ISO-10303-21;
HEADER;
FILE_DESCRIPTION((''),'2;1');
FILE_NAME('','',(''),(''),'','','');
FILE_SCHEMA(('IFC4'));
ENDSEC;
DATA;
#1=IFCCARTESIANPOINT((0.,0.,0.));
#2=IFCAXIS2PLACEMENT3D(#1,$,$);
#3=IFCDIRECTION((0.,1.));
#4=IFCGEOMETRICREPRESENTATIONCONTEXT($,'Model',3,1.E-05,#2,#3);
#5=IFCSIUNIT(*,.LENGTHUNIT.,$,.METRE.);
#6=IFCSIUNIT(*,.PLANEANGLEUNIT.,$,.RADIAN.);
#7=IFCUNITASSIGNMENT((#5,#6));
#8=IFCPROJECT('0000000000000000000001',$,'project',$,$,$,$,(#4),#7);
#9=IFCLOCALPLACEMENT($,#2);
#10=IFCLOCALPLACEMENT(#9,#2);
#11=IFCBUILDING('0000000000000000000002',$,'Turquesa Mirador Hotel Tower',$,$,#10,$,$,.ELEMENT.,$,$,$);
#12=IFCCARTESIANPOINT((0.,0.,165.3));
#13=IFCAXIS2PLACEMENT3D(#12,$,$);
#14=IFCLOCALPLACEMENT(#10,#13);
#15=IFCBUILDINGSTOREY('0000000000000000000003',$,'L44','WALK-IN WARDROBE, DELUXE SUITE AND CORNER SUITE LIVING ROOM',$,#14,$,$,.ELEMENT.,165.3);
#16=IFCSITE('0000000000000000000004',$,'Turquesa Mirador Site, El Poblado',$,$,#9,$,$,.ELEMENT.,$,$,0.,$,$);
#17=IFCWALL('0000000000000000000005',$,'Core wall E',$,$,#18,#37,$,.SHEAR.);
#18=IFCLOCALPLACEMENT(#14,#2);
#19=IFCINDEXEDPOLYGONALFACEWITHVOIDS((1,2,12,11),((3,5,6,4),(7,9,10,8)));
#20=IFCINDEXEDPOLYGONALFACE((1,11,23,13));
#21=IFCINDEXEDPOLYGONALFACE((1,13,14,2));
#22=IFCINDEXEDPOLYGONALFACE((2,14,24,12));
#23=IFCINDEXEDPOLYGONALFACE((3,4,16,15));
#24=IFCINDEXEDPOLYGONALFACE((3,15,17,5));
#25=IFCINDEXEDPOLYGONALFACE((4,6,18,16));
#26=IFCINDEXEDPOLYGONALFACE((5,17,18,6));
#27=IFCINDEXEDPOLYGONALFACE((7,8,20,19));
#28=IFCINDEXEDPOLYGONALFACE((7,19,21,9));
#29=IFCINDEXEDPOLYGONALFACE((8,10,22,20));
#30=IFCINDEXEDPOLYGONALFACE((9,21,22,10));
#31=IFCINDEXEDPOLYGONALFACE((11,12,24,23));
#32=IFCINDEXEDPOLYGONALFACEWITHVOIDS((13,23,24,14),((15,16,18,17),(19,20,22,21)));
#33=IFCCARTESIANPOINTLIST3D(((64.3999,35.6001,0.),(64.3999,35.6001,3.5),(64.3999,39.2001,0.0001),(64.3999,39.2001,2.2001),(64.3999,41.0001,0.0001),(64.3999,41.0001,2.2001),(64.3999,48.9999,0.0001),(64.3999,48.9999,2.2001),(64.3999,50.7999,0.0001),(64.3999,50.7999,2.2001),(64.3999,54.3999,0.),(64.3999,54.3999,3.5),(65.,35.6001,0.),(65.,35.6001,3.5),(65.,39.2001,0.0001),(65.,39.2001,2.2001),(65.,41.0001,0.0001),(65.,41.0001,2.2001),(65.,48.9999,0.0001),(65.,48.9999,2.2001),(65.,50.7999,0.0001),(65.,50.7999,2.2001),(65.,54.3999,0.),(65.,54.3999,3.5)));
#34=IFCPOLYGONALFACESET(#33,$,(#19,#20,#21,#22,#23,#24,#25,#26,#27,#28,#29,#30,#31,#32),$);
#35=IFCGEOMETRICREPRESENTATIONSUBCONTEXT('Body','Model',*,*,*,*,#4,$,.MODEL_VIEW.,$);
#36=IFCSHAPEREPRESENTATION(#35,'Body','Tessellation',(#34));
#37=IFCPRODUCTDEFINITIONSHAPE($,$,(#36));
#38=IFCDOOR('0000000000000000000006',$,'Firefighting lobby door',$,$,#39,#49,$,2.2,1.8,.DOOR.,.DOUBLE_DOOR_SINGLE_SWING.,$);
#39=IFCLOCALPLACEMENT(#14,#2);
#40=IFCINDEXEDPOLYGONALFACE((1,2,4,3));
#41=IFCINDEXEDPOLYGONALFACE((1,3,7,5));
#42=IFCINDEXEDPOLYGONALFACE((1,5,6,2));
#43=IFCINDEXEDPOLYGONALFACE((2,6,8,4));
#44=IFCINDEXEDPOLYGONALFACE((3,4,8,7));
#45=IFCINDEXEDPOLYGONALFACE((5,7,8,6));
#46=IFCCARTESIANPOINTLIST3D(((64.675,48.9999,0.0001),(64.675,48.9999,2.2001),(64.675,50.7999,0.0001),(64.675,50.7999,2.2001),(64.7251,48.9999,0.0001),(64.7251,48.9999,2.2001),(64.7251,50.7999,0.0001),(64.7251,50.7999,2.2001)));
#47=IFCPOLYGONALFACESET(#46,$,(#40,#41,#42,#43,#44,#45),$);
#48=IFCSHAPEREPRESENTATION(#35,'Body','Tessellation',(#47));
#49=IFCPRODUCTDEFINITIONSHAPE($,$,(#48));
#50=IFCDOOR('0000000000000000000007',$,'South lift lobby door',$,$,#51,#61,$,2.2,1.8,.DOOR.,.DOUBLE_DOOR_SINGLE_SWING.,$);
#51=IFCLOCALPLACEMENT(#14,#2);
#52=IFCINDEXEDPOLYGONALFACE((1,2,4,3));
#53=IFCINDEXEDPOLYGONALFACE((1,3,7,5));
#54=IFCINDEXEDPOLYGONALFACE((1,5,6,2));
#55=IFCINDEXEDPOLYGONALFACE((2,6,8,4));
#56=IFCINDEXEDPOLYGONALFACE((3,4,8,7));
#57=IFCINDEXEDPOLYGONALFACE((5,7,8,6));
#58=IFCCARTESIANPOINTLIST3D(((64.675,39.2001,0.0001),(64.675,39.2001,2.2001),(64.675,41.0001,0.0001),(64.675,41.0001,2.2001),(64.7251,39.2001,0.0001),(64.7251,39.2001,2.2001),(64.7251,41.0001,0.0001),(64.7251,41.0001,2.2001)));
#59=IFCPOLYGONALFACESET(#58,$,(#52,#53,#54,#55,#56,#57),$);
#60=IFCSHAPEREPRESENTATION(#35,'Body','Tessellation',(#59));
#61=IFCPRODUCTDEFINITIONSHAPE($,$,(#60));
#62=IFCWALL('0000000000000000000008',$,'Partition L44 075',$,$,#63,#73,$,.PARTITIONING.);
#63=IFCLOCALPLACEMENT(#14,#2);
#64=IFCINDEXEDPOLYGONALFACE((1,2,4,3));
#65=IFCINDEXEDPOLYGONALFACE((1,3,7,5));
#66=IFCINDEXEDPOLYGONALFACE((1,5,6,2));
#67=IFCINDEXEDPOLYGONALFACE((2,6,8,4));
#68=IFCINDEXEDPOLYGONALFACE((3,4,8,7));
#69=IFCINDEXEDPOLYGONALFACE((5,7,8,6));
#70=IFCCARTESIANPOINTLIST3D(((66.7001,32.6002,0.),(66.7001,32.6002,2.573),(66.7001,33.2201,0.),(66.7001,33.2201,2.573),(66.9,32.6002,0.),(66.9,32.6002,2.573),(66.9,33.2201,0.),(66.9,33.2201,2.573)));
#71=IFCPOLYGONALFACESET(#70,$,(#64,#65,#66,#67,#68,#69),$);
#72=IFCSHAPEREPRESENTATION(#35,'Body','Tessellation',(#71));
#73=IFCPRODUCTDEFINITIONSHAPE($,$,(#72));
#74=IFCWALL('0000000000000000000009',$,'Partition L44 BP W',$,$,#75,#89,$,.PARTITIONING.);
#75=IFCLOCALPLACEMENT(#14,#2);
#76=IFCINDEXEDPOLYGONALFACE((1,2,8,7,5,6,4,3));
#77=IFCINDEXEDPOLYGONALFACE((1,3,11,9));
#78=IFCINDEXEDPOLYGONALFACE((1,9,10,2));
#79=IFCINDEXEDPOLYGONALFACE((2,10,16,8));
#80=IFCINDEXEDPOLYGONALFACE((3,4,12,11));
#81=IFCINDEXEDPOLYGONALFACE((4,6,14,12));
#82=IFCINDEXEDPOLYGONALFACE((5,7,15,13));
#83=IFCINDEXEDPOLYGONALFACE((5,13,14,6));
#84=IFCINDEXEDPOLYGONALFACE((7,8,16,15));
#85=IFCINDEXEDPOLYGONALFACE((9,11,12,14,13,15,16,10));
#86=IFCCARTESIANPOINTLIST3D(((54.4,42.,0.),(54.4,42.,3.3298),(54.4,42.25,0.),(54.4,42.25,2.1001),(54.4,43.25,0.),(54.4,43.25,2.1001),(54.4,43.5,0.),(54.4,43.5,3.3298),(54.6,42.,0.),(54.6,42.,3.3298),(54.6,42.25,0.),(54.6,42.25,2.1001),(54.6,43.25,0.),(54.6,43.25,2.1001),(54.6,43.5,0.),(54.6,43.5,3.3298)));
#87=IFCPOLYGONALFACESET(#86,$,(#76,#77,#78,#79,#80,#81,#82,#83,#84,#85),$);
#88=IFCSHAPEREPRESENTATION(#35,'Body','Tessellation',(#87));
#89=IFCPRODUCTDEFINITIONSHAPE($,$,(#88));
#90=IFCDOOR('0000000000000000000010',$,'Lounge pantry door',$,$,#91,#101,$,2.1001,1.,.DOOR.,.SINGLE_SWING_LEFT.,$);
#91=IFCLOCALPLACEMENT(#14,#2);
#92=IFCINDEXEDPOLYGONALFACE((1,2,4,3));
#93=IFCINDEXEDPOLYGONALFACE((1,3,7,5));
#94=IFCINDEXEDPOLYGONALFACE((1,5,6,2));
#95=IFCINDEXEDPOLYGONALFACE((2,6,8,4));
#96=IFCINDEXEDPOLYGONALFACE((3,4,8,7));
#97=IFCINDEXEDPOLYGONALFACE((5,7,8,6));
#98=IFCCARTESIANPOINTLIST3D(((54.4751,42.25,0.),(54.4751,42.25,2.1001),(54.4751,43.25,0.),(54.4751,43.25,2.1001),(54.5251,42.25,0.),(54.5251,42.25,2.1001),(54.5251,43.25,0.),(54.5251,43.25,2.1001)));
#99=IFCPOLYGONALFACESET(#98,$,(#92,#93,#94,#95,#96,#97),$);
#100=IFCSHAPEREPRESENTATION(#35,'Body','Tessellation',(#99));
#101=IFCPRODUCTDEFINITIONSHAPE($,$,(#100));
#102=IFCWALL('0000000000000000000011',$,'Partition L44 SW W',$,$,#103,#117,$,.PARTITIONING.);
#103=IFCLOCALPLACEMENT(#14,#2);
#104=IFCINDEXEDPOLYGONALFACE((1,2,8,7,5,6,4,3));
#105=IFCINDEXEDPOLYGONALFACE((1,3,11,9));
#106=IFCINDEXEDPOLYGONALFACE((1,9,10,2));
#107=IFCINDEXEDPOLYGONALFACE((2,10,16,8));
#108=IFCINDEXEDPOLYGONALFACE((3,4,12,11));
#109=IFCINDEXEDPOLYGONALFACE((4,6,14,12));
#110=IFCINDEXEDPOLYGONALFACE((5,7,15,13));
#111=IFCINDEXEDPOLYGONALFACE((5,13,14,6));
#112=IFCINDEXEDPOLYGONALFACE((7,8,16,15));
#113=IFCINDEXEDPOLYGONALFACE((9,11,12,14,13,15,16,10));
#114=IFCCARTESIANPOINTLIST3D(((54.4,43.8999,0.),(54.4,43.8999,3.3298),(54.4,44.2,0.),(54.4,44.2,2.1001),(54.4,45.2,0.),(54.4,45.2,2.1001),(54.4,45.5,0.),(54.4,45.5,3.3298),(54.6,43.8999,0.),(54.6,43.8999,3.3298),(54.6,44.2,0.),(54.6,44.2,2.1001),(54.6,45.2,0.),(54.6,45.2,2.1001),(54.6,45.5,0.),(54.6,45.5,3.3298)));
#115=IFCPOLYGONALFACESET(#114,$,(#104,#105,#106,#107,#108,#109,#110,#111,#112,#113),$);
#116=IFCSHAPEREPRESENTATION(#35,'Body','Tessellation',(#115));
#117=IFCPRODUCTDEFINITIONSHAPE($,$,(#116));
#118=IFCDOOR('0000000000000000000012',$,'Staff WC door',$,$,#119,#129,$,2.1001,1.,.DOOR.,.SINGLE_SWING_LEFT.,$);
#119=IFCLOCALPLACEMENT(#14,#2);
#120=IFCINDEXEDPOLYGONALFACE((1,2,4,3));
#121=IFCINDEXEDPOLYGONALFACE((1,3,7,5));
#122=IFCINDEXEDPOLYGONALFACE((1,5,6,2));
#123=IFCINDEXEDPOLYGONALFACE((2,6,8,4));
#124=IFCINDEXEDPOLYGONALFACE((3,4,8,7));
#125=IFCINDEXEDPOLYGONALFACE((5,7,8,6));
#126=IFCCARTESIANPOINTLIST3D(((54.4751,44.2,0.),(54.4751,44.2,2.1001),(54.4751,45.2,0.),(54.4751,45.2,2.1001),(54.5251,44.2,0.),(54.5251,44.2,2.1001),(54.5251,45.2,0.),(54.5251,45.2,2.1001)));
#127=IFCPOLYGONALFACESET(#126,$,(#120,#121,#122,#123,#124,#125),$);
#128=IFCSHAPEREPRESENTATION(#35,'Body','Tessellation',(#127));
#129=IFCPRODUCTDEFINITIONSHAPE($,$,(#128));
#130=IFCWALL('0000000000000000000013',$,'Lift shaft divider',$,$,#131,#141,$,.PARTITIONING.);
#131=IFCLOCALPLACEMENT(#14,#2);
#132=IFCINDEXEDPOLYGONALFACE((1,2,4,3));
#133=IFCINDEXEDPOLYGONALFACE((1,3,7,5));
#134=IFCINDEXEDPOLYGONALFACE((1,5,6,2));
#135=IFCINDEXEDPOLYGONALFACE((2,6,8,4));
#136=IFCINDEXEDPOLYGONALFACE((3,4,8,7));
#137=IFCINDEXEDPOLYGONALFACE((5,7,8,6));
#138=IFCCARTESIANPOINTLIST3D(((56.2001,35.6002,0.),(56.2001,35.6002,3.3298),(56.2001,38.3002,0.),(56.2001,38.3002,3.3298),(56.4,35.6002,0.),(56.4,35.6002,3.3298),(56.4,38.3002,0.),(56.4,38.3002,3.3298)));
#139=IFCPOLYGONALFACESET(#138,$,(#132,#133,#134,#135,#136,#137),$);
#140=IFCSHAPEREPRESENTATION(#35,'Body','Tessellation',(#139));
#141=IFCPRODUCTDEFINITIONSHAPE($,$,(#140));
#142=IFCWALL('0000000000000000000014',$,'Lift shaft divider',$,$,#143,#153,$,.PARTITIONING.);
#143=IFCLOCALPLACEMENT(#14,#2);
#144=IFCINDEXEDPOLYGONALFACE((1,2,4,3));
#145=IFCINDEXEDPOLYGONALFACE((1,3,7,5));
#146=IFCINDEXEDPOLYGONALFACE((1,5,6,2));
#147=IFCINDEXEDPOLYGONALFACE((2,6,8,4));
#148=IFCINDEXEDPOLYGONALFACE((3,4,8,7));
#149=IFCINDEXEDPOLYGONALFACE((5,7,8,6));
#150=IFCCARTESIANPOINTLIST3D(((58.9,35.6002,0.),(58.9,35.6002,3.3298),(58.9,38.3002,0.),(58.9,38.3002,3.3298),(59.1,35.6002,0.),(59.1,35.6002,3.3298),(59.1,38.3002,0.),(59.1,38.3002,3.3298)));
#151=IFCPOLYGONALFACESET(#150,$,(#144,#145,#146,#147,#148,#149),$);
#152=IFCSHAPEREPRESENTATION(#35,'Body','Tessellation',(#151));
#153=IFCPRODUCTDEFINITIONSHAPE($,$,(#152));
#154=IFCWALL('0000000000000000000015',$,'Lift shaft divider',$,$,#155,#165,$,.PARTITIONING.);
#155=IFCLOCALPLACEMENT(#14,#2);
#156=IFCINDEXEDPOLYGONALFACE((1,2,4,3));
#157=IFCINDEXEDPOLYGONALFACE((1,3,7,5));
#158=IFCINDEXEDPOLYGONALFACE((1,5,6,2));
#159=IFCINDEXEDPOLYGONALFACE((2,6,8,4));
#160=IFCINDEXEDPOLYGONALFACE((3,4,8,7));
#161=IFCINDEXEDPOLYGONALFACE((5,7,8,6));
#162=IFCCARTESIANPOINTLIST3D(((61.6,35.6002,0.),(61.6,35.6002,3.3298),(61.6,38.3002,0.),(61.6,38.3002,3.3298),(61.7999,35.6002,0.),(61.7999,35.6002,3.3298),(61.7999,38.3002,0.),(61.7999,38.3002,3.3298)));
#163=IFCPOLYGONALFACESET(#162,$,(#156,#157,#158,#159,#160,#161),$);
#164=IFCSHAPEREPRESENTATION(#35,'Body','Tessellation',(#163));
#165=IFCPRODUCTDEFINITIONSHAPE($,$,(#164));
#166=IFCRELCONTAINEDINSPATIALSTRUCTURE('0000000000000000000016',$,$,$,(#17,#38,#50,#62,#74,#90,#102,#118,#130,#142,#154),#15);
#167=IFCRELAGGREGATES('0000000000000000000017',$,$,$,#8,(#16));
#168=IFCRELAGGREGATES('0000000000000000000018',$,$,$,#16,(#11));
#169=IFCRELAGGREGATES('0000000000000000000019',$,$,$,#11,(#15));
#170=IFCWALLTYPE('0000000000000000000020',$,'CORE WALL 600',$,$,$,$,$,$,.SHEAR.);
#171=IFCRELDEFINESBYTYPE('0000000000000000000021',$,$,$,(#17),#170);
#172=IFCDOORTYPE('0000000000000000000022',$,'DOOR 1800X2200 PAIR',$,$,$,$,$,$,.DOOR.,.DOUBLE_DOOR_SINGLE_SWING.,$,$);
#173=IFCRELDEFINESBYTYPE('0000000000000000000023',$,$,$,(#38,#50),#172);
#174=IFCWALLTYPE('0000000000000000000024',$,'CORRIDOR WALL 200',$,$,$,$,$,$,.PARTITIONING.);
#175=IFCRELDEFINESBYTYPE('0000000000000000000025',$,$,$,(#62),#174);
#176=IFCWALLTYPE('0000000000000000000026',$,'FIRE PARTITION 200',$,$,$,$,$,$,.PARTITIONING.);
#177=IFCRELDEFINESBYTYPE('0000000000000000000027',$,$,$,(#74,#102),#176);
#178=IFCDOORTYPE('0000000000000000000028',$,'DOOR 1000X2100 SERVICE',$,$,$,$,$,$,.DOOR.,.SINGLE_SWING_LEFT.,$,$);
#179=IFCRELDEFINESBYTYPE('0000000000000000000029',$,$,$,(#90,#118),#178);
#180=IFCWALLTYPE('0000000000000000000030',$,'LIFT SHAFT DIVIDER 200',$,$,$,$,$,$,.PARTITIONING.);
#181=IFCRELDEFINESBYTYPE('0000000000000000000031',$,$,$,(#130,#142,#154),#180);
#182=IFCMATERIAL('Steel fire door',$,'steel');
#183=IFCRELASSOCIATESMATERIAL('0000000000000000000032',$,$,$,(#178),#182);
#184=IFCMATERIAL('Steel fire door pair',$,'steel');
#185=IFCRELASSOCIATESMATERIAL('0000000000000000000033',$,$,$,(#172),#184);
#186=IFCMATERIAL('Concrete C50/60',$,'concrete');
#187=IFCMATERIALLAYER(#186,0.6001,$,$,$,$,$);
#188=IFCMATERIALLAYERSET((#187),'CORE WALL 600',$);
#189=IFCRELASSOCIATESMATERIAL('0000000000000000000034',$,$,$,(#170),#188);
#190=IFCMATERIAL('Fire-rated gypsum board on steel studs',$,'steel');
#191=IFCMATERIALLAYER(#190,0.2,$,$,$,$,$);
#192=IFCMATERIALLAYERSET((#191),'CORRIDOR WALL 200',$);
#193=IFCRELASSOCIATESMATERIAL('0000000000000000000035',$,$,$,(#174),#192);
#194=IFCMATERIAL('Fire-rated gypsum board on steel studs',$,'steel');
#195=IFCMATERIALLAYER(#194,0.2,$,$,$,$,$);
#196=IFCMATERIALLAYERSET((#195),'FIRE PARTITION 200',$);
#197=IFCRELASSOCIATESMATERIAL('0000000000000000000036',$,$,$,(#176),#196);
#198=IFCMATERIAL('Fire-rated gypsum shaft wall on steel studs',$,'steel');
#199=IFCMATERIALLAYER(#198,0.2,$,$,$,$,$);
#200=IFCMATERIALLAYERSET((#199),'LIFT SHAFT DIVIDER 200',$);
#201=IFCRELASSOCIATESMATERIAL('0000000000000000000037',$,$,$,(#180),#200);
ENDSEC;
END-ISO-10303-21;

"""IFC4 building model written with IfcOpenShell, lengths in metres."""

from ifc_helpers import new_model, si_unit, direction, frame, frame_2d, origin, place, context, subcontext, project, spatial, rectangle, extrude, material, layer, layer_set, type_object, element, fill, save


model = new_model("IFC4")

# Units and contexts
model_context = context("Model", 3, precision=1e-05, world=origin(), true_north=direction((0.0, 1.0)))
body_context = subcontext(model_context, "Body", "Model", "MODEL_VIEW")
ifc_project = project(units=[si_unit("LENGTHUNIT", "METRE"), si_unit("PLANEANGLEUNIT", "RADIAN")], contexts=[model_context])

# Site, building, storey
site_placement = place(None, origin())
site = spatial("IfcSite", under=ifc_project, at=site_placement, Name="Turquesa Mirador Site, El Poblado", CompositionType="ELEMENT", RefElevation=0.0)
building_placement = place(site_placement, origin())
building = spatial("IfcBuilding", under=site, at=building_placement, Name="Turquesa Mirador Hotel Tower", CompositionType="ELEMENT")
storey_placement = place(building_placement, frame((0.0, 0.0, 165.3)))
storey = spatial("IfcBuildingStorey", under=building, at=storey_placement, Name="L44", Description="WALK-IN WARDROBE, DELUXE SUITE AND CORNER SUITE LIVING ROOM", CompositionType="ELEMENT", Elevation=165.3)

# Shared definitions
ifc_material_1 = material(Name="Steel fire door", Category="steel")
door_type_1 = type_object("IfcDoorType", Name="DOOR 1000X2100 SERVICE", OperationType="SINGLE_SWING_LEFT", PredefinedType="DOOR", material=ifc_material_1)
ifc_material_2 = material(Name="Steel fire door pair", Category="steel")
door_type_2 = type_object("IfcDoorType", Name="DOOR 1800X2200 PAIR", OperationType="DOUBLE_DOOR_SINGLE_SWING", PredefinedType="DOOR", material=ifc_material_2)

# Wall, openings, doors
ifc_material_3 = material(Name="Concrete C50/60", Category="concrete")
ifc_layer_1 = layer(ifc_material_3, 0.6001)
ifc_layer_set_1 = layer_set([ifc_layer_1], Name="CORE WALL 600")
wall_type_1 = type_object("IfcWallType", Name="CORE WALL 600", PredefinedType="SHEAR", material=ifc_layer_set_1)
wall_1_placement = place(storey_placement, frame((64.7, 35.6001, 0.0), z_axis=(0.0, 0.0, 1.0), x_axis=(0.0, 1.0, 0.0)))
wall_1 = element("IfcWall", 1, at=wall_1_placement, inside=storey, type_object=wall_type_1, Name="Core wall E", PredefinedType="SHEAR", context=body_context, shape_type="SweptSolid", body=[
    extrude(rectangle(XDim=18.7998, YDim=0.6001, at=frame_2d((9.3999, 0.0))), origin(), (0.0, 0.0, 1.0), 3.5),
])
opening_1_placement = place(wall_1_placement, frame((13.3999, 0.0, 0.0)))
opening_1 = element("IfcOpeningElement", 2, at=opening_1_placement, cuts=wall_1, PredefinedType="OPENING", context=body_context, shape_type="SweptSolid", body=[
    extrude(rectangle(XDim=1.8, YDim=2.2, at=frame_2d((0.8999, 1.1001))), frame((0.0, 0.3101, 0.0), z_axis=(0.0, -1.0, 0.0), x_axis=(1.0, 0.0, 0.0)), (0.0, 0.0, 1.0), 0.6201),
])
opening_2_placement = place(wall_1_placement, frame((3.6001, 0.0, 0.0)))
opening_2 = element("IfcOpeningElement", 3, at=opening_2_placement, cuts=wall_1, PredefinedType="OPENING", context=body_context, shape_type="SweptSolid", body=[
    extrude(rectangle(XDim=1.8, YDim=2.2, at=frame_2d((0.8999, 1.1001))), frame((0.0, 0.3101, 0.0), z_axis=(0.0, -1.0, 0.0), x_axis=(1.0, 0.0, 0.0)), (0.0, 0.0, 1.0), 0.6201),
])
door_1_placement = place(opening_1_placement, origin())
door_1 = element("IfcDoor", 4, at=door_1_placement, inside=storey, type_object=door_type_2, Name="Firefighting lobby door", OperationType="DOUBLE_DOOR_SINGLE_SWING", OverallHeight=2.2, OverallWidth=1.8, PredefinedType="DOOR", context=body_context, shape_type="SweptSolid", body=[
    extrude(rectangle(XDim=1.8, YDim=2.2, at=frame_2d((0.8999, 1.1001))), frame((0.0, 0.0249, 0.0), z_axis=(0.0, -1.0, 0.0), x_axis=(1.0, 0.0, 0.0)), (0.0, 0.0, 1.0), 0.05),
])
fill(opening_1, door_1)
door_2_placement = place(opening_2_placement, origin())
door_2 = element("IfcDoor", 5, at=door_2_placement, inside=storey, type_object=door_type_2, Name="South lift lobby door", OperationType="DOUBLE_DOOR_SINGLE_SWING", OverallHeight=2.2, OverallWidth=1.8, PredefinedType="DOOR", context=body_context, shape_type="SweptSolid", body=[
    extrude(rectangle(XDim=1.8, YDim=2.2, at=frame_2d((0.8999, 1.1001))), frame((0.0, 0.0249, 0.0), z_axis=(0.0, -1.0, 0.0), x_axis=(1.0, 0.0, 0.0)), (0.0, 0.0, 1.0), 0.05),
])
fill(opening_2, door_2)

# Wall
ifc_material_4 = material(Name="Fire-rated gypsum board on steel studs", Category="steel")
ifc_layer_2 = layer(ifc_material_4, 0.2)
ifc_layer_set_2 = layer_set([ifc_layer_2], Name="CORRIDOR WALL 200")
wall_type_2 = type_object("IfcWallType", Name="CORRIDOR WALL 200", PredefinedType="PARTITIONING", material=ifc_layer_set_2)
wall_2_placement = place(storey_placement, frame((66.8, 32.6001, 0.0), z_axis=(0.0, 0.0, 1.0), x_axis=(0.0, 1.0, 0.0)))
element("IfcWall", 6, at=wall_2_placement, inside=storey, type_object=wall_type_2, Name="Partition L44 075", PredefinedType="PARTITIONING", context=body_context, shape_type="SweptSolid", body=[
    extrude(rectangle(XDim=0.6199, YDim=0.2, at=frame_2d((0.3101, 0.0))), origin(), (0.0, 0.0, 1.0), 2.573),
])

# Walls, openings, doors
ifc_material_5 = material(Name="Fire-rated gypsum board on steel studs", Category="steel")
ifc_layer_3 = layer(ifc_material_5, 0.2)
ifc_layer_set_3 = layer_set([ifc_layer_3], Name="FIRE PARTITION 200")
wall_type_3 = type_object("IfcWallType", Name="FIRE PARTITION 200", PredefinedType="PARTITIONING", material=ifc_layer_set_3)
wall_3_placement = place(storey_placement, frame((54.5, 42.0, 0.0), z_axis=(0.0, 0.0, 1.0), x_axis=(0.0, 1.0, 0.0)))
wall_3 = element("IfcWall", 7, at=wall_3_placement, inside=storey, type_object=wall_type_3, Name="Partition L44 BP W", PredefinedType="PARTITIONING", context=body_context, shape_type="SweptSolid", body=[
    extrude(rectangle(XDim=1.5, YDim=0.2, at=frame_2d((0.75, 0.0))), origin(), (0.0, 0.0, 1.0), 3.3298),
])
opening_3_placement = place(wall_3_placement, frame((0.25, 0.0, 0.0)))
opening_3 = element("IfcOpeningElement", 8, at=opening_3_placement, cuts=wall_3, PredefinedType="OPENING", context=body_context, shape_type="SweptSolid", body=[
    extrude(rectangle(XDim=1.0, YDim=2.1001, at=frame_2d((0.5, 1.05))), frame((0.0, 0.1099, 0.0), z_axis=(0.0, -1.0, 0.0), x_axis=(1.0, 0.0, 0.0)), (0.0, 0.0, 1.0), 0.22),
])
door_3_placement = place(opening_3_placement, origin())
door_3 = element("IfcDoor", 9, at=door_3_placement, inside=storey, type_object=door_type_1, Name="Lounge pantry door", OperationType="SINGLE_SWING_LEFT", OverallHeight=2.1001, OverallWidth=1.0, PredefinedType="DOOR", context=body_context, shape_type="SweptSolid", body=[
    extrude(rectangle(XDim=1.0, YDim=2.1001, at=frame_2d((0.5, 1.05))), frame((0.0, 0.0249, 0.0), z_axis=(0.0, -1.0, 0.0), x_axis=(1.0, 0.0, 0.0)), (0.0, 0.0, 1.0), 0.05),
])
fill(opening_3, door_3)
wall_4_placement = place(storey_placement, frame((54.5, 43.8999, 0.0), z_axis=(0.0, 0.0, 1.0), x_axis=(0.0, 1.0, 0.0)))
wall_4 = element("IfcWall", 10, at=wall_4_placement, inside=storey, type_object=wall_type_3, Name="Partition L44 SW W", PredefinedType="PARTITIONING", context=body_context, shape_type="SweptSolid", body=[
    extrude(rectangle(XDim=1.6001, YDim=0.2, at=frame_2d((0.8, 0.0))), origin(), (0.0, 0.0, 1.0), 3.3298),
])
opening_4_placement = place(wall_4_placement, frame((0.3, 0.0, 0.0)))
opening_4 = element("IfcOpeningElement", 11, at=opening_4_placement, cuts=wall_4, PredefinedType="OPENING", context=body_context, shape_type="SweptSolid", body=[
    extrude(rectangle(XDim=1.0, YDim=2.1001, at=frame_2d((0.5, 1.05))), frame((0.0, 0.1099, 0.0), z_axis=(0.0, -1.0, 0.0), x_axis=(1.0, 0.0, 0.0)), (0.0, 0.0, 1.0), 0.22),
])
door_4_placement = place(opening_4_placement, origin())
door_4 = element("IfcDoor", 12, at=door_4_placement, inside=storey, type_object=door_type_1, Name="Staff WC door", OperationType="SINGLE_SWING_LEFT", OverallHeight=2.1001, OverallWidth=1.0, PredefinedType="DOOR", context=body_context, shape_type="SweptSolid", body=[
    extrude(rectangle(XDim=1.0, YDim=2.1001, at=frame_2d((0.5, 1.05))), frame((0.0, 0.0249, 0.0), z_axis=(0.0, -1.0, 0.0), x_axis=(1.0, 0.0, 0.0)), (0.0, 0.0, 1.0), 0.05),
])
fill(opening_4, door_4)

# Walls
ifc_material_6 = material(Name="Fire-rated gypsum shaft wall on steel studs", Category="steel")
ifc_layer_4 = layer(ifc_material_6, 0.2)
ifc_layer_set_4 = layer_set([ifc_layer_4], Name="LIFT SHAFT DIVIDER 200")
wall_type_4 = type_object("IfcWallType", Name="LIFT SHAFT DIVIDER 200", PredefinedType="PARTITIONING", material=ifc_layer_set_4)
for number, where, z_axis, x_axis, name in (
    (13, (56.3, 35.6001, 0.0), (0.0, 0.0, 1.0), (0.0, 1.0, 0.0), "Lift shaft divider"),
    (14, (59.0, 35.6001, 0.0), (0.0, 0.0, 1.0), (0.0, 1.0, 0.0), "Lift shaft divider"),
    (15, (61.7, 35.6001, 0.0), (0.0, 0.0, 1.0), (0.0, 1.0, 0.0), "Lift shaft divider"),
):
    element("IfcWall", number, at=place(storey_placement, frame(where, z_axis=z_axis, x_axis=x_axis)), inside=storey, type_object=wall_type_4, Name=name, PredefinedType="PARTITIONING", context=body_context, shape_type="SweptSolid", body=[
        extrude(rectangle(XDim=2.7, YDim=0.2, at=frame_2d((1.3501, 0.0))), origin(), (0.0, 0.0, 1.0), 3.3298),
    ])

save(model, "model.ifc")
